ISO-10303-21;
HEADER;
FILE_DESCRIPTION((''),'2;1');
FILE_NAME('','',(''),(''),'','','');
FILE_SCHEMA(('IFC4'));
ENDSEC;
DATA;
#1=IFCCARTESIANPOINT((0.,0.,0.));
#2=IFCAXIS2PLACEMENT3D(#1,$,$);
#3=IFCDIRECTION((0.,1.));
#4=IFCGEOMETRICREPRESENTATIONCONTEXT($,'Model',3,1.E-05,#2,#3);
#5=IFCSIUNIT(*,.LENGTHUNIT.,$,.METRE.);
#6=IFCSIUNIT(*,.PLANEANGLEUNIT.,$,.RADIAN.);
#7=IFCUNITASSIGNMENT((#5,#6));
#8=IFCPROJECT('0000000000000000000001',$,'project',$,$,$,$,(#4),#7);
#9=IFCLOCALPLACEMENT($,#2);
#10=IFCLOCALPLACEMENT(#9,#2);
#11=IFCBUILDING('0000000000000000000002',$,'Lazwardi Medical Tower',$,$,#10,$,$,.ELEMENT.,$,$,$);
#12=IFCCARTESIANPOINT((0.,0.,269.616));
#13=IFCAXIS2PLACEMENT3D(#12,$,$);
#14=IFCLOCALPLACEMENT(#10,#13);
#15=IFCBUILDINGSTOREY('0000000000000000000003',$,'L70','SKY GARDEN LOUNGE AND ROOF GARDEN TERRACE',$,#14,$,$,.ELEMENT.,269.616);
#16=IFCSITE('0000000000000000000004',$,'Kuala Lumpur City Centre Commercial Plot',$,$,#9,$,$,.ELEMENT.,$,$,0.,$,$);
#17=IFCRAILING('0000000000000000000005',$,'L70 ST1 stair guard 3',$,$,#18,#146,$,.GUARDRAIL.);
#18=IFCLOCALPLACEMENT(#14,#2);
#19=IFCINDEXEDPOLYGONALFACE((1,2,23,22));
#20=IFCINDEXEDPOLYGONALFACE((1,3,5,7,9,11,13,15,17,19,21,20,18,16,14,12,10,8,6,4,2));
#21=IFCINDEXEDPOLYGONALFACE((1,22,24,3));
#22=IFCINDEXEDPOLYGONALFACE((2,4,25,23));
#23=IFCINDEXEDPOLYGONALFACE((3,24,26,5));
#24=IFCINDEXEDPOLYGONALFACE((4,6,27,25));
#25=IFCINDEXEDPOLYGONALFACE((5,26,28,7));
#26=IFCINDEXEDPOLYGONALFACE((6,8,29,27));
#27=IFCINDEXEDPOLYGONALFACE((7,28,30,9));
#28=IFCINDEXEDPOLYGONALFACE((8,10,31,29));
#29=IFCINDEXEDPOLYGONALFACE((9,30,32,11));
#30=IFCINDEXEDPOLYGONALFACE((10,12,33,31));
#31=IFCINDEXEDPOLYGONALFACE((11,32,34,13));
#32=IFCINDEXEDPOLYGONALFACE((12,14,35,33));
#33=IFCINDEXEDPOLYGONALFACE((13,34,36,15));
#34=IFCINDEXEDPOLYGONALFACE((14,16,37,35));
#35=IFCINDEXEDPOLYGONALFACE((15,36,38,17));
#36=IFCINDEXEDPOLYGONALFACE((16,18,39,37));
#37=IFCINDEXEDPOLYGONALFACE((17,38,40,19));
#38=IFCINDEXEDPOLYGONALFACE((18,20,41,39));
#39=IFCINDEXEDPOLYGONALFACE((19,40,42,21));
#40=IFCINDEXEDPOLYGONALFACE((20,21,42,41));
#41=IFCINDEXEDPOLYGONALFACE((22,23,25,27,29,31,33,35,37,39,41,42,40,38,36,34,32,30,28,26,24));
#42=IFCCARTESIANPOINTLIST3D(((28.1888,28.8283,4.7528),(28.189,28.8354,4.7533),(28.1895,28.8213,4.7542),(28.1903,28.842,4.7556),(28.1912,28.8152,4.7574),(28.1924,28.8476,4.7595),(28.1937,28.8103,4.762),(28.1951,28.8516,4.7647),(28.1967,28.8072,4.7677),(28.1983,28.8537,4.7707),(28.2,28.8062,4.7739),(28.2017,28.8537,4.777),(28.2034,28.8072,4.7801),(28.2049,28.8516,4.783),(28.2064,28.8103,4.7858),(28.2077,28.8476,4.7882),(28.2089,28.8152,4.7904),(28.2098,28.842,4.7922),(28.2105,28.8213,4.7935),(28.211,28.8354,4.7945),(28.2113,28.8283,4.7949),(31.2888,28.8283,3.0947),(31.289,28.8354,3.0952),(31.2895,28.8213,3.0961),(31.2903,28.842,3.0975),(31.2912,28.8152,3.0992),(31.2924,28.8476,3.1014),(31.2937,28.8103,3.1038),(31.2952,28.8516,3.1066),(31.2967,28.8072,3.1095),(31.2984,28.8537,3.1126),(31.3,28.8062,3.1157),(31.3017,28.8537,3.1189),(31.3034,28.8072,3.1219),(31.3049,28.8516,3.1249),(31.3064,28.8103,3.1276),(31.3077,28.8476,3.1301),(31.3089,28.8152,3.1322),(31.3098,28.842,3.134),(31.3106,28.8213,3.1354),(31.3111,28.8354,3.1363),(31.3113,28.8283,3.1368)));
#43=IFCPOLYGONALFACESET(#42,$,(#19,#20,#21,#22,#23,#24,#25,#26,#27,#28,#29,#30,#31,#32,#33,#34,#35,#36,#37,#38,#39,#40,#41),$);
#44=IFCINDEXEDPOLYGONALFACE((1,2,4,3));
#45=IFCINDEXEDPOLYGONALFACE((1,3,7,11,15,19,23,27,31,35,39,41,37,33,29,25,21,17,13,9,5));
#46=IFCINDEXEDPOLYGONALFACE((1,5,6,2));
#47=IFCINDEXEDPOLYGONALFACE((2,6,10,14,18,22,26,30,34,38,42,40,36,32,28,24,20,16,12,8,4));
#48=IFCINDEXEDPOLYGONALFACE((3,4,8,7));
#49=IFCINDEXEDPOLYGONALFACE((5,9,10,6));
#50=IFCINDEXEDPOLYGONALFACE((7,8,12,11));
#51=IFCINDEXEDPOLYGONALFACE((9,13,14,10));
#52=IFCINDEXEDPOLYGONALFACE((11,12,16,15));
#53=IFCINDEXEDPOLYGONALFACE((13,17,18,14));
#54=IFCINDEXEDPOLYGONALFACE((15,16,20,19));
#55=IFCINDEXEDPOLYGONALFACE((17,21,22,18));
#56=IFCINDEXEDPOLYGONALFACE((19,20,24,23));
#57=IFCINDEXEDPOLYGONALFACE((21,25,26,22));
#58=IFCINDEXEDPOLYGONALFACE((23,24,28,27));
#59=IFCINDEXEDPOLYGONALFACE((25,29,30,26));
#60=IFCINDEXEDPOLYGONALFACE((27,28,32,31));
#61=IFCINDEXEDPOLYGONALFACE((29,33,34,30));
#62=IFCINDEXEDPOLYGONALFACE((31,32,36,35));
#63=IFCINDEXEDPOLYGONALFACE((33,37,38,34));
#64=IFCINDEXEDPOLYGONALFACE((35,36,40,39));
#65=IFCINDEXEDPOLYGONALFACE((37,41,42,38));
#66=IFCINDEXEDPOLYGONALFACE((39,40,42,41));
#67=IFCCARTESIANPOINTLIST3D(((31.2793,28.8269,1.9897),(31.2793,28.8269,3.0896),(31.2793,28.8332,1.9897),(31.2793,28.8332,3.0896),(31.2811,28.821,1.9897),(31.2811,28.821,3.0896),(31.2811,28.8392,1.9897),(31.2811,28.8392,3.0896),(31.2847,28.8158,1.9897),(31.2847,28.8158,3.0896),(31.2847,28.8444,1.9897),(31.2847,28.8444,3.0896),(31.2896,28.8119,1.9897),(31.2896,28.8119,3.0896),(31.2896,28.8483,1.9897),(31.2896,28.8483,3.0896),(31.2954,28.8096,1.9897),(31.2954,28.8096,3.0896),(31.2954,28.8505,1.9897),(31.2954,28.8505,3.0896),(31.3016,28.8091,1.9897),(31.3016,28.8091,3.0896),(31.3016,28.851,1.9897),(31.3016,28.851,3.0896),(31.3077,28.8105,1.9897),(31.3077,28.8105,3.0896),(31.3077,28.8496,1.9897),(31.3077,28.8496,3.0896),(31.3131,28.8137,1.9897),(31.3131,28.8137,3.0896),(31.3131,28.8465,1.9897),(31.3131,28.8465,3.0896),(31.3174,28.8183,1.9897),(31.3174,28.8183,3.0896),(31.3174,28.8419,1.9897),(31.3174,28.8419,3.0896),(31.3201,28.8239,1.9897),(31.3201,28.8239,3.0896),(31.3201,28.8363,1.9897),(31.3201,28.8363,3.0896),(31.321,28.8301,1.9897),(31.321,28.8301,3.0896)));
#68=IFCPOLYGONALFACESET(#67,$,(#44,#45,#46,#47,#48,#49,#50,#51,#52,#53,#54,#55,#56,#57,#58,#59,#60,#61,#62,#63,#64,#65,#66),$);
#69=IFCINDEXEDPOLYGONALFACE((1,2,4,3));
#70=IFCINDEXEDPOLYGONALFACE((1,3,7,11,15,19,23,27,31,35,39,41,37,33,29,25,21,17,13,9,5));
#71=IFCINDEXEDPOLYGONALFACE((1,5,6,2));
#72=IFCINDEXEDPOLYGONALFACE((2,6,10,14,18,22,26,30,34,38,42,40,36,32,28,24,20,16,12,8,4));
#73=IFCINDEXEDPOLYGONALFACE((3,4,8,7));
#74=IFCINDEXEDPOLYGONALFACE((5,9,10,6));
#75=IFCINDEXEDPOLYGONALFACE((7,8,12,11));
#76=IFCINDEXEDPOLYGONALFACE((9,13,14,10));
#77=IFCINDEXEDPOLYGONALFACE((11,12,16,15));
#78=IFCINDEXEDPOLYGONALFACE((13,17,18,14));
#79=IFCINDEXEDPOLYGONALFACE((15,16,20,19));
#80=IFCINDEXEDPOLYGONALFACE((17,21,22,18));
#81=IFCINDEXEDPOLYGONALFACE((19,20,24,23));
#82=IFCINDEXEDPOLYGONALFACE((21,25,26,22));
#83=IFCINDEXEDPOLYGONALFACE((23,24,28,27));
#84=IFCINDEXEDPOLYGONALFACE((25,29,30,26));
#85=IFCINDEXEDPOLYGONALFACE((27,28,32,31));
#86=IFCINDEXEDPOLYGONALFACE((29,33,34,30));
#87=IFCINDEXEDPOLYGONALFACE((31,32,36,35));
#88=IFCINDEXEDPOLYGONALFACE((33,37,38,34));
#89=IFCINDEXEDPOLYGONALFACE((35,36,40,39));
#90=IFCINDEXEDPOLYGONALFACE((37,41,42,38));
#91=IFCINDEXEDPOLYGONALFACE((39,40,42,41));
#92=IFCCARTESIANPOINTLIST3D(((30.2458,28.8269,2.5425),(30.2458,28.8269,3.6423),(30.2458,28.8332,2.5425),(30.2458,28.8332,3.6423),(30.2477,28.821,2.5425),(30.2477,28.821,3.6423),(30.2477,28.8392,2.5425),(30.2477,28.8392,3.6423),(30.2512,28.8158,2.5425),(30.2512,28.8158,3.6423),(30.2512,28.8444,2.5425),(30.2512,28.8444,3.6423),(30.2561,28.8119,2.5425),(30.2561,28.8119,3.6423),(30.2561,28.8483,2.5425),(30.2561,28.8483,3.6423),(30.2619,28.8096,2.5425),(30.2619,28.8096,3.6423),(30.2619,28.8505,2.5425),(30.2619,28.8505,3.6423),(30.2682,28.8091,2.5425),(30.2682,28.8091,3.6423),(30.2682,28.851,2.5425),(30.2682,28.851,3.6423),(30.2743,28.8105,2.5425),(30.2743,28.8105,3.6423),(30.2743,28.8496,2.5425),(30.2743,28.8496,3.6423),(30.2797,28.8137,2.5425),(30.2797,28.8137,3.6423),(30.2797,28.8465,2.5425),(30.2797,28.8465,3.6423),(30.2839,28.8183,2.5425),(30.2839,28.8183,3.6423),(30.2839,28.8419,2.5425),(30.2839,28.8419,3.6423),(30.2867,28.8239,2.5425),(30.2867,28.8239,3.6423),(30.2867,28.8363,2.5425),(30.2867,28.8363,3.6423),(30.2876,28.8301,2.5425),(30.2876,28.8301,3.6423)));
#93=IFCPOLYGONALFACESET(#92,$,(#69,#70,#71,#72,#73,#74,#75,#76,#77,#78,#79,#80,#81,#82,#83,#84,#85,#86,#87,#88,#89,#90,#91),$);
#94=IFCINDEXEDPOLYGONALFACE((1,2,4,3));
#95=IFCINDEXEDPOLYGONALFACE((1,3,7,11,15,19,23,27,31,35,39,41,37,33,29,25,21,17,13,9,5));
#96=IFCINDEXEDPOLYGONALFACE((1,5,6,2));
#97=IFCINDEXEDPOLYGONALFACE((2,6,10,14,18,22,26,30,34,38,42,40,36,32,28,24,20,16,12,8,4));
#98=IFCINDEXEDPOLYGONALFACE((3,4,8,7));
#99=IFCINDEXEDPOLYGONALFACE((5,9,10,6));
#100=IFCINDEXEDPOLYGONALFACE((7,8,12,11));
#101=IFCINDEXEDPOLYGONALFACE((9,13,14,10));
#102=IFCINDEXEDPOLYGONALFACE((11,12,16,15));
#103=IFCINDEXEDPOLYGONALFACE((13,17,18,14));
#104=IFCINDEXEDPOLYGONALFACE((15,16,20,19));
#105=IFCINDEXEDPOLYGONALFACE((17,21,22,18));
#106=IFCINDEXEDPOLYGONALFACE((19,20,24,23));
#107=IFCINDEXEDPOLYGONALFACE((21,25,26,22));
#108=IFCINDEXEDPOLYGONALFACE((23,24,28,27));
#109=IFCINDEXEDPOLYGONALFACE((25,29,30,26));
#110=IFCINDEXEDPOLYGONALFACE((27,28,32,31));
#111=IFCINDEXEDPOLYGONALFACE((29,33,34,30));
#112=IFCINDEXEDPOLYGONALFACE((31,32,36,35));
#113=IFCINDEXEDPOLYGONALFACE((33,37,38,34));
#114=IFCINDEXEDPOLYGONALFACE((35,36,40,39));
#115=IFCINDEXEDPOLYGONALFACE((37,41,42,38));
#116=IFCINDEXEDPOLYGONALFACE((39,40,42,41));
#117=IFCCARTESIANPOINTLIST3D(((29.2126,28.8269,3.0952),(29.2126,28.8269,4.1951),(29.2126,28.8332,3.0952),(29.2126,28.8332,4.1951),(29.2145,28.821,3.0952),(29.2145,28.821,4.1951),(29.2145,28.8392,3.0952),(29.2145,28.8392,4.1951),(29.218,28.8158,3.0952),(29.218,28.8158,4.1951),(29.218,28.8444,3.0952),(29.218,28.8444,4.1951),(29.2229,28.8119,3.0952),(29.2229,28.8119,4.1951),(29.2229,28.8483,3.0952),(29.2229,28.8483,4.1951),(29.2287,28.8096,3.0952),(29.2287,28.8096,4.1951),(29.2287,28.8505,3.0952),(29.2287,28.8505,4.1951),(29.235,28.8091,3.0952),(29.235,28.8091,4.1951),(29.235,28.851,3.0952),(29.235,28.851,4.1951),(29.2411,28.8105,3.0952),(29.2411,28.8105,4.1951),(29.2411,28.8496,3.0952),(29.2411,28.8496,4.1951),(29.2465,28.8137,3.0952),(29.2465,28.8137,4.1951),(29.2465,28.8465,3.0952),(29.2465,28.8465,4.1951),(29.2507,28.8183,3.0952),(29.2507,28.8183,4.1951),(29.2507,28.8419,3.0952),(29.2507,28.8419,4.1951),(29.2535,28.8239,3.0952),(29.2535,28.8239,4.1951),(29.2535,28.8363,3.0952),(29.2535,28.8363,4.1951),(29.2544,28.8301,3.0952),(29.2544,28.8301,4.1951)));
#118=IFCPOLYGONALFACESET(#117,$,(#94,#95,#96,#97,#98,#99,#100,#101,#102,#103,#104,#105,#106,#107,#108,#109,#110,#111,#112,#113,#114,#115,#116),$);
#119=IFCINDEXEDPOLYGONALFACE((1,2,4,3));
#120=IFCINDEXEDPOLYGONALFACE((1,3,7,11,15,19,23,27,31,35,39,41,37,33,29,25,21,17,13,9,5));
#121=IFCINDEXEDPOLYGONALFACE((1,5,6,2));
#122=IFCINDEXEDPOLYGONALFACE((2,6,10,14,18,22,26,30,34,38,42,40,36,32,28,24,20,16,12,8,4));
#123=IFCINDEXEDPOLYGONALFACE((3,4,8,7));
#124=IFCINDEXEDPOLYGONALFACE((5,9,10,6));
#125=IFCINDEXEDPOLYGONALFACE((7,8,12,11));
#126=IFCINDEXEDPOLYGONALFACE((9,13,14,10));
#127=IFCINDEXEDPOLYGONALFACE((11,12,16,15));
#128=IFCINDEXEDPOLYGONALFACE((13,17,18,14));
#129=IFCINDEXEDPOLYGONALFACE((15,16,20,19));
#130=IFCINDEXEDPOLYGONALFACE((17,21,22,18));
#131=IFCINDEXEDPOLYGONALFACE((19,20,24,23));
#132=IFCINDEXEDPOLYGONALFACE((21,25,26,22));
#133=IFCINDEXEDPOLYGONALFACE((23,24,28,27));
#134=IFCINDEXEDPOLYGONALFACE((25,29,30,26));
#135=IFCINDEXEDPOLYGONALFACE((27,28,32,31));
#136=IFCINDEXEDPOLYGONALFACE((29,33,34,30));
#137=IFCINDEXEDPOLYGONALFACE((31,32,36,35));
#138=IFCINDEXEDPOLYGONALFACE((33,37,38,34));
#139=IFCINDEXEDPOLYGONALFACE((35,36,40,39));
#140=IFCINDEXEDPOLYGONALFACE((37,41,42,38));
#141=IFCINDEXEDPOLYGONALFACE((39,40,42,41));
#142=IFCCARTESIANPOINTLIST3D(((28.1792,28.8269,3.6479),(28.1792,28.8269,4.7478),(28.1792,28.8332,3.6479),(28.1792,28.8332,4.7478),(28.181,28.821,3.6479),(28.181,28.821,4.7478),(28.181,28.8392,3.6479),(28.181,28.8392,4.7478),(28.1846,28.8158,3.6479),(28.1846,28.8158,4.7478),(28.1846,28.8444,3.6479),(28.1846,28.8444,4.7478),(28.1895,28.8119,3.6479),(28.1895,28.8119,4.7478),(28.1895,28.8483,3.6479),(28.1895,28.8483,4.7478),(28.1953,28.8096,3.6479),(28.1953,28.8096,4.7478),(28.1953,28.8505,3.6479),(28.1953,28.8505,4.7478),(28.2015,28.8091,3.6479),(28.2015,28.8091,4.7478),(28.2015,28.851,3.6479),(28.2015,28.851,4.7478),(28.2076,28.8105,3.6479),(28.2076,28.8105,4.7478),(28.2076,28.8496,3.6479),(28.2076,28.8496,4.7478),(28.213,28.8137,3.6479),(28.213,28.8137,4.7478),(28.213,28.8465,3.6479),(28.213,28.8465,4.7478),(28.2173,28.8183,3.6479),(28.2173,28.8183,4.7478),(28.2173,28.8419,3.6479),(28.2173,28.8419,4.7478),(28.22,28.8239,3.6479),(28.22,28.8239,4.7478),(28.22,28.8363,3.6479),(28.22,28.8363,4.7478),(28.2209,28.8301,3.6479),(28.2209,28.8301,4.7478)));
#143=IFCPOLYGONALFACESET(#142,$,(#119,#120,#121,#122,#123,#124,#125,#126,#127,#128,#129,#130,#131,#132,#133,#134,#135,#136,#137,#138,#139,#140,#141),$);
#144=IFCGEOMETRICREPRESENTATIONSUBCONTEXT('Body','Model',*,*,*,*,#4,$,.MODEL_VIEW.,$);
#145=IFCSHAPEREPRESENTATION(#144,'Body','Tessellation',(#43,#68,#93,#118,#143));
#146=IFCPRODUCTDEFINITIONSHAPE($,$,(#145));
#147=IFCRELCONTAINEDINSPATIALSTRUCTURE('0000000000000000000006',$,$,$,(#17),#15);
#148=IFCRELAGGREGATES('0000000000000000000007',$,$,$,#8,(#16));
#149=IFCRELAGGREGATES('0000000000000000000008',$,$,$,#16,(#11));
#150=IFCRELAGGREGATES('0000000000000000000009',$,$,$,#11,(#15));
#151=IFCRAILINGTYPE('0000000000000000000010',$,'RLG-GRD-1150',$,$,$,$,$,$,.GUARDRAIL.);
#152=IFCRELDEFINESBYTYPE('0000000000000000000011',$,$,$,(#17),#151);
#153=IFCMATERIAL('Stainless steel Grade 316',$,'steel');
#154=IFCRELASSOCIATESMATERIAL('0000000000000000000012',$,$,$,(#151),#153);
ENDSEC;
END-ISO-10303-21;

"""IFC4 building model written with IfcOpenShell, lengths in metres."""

from ifc_helpers import new_model, si_unit, direction, frame, origin, origin_2d, place, context, subcontext, project, spatial, circle, extrude, material, type_object, element, save


model = new_model("IFC4")

# Units and contexts
model_context = context("Model", 3, precision=1e-05, world=origin(), true_north=direction((0.0, 1.0)))
body_context = subcontext(model_context, "Body", "Model", "MODEL_VIEW")
ifc_project = project(units=[si_unit("LENGTHUNIT", "METRE"), si_unit("PLANEANGLEUNIT", "RADIAN")], contexts=[model_context])

# Site, building, storey
site_placement = place(None, origin())
site = spatial("IfcSite", under=ifc_project, at=site_placement, Name="Kuala Lumpur City Centre Commercial Plot", CompositionType="ELEMENT", RefElevation=0.0)
building_placement = place(site_placement, origin())
building = spatial("IfcBuilding", under=site, at=building_placement, Name="Lazwardi Medical Tower", CompositionType="ELEMENT")
storey_placement = place(building_placement, frame((0.0, 0.0, 269.616)))
storey = spatial("IfcBuildingStorey", under=building, at=storey_placement, Name="L70", Description="SKY GARDEN LOUNGE AND ROOF GARDEN TERRACE", CompositionType="ELEMENT", Elevation=269.616)

# Railing
ifc_material_1 = material(Name="Stainless steel Grade 316", Category="steel")
railing_type_1 = type_object("IfcRailingType", Name="RLG-GRD-1150", PredefinedType="GUARDRAIL", material=ifc_material_1)
railing_1_placement = place(storey_placement, frame((31.3, 28.8301, 1.9897)))
element("IfcRailing", 1, at=railing_1_placement, inside=storey, type_object=railing_type_1, Name="L70 ST1 stair guard 3", PredefinedType="GUARDRAIL", context=body_context, shape_type="SweptSolid", body=[
    extrude(circle(Radius=0.0239, at=origin_2d()), frame((0.0, 0.0, 1.126), z_axis=(-0.881783, 0.0, 0.471655), x_axis=(0.0, -1.0, 0.0)), (0.0, 0.0, 1.0), 3.5156),
    extrude(circle(Radius=0.021, at=origin_2d()), origin(), (0.0, 0.0, 1.0), 1.0999),
    extrude(circle(Radius=0.021, at=origin_2d()), frame((-1.0334, 0.0, 0.5527)), (0.0, 0.0, 1.0), 1.0999),
    extrude(circle(Radius=0.021, at=origin_2d()), frame((-2.0667, 0.0, 1.1055)), (0.0, 0.0, 1.0), 1.0999),
    extrude(circle(Radius=0.021, at=origin_2d()), frame((-3.1001, 0.0, 1.6582)), (0.0, 0.0, 1.0), 1.0999),
])

save(model, "model.ifc")
